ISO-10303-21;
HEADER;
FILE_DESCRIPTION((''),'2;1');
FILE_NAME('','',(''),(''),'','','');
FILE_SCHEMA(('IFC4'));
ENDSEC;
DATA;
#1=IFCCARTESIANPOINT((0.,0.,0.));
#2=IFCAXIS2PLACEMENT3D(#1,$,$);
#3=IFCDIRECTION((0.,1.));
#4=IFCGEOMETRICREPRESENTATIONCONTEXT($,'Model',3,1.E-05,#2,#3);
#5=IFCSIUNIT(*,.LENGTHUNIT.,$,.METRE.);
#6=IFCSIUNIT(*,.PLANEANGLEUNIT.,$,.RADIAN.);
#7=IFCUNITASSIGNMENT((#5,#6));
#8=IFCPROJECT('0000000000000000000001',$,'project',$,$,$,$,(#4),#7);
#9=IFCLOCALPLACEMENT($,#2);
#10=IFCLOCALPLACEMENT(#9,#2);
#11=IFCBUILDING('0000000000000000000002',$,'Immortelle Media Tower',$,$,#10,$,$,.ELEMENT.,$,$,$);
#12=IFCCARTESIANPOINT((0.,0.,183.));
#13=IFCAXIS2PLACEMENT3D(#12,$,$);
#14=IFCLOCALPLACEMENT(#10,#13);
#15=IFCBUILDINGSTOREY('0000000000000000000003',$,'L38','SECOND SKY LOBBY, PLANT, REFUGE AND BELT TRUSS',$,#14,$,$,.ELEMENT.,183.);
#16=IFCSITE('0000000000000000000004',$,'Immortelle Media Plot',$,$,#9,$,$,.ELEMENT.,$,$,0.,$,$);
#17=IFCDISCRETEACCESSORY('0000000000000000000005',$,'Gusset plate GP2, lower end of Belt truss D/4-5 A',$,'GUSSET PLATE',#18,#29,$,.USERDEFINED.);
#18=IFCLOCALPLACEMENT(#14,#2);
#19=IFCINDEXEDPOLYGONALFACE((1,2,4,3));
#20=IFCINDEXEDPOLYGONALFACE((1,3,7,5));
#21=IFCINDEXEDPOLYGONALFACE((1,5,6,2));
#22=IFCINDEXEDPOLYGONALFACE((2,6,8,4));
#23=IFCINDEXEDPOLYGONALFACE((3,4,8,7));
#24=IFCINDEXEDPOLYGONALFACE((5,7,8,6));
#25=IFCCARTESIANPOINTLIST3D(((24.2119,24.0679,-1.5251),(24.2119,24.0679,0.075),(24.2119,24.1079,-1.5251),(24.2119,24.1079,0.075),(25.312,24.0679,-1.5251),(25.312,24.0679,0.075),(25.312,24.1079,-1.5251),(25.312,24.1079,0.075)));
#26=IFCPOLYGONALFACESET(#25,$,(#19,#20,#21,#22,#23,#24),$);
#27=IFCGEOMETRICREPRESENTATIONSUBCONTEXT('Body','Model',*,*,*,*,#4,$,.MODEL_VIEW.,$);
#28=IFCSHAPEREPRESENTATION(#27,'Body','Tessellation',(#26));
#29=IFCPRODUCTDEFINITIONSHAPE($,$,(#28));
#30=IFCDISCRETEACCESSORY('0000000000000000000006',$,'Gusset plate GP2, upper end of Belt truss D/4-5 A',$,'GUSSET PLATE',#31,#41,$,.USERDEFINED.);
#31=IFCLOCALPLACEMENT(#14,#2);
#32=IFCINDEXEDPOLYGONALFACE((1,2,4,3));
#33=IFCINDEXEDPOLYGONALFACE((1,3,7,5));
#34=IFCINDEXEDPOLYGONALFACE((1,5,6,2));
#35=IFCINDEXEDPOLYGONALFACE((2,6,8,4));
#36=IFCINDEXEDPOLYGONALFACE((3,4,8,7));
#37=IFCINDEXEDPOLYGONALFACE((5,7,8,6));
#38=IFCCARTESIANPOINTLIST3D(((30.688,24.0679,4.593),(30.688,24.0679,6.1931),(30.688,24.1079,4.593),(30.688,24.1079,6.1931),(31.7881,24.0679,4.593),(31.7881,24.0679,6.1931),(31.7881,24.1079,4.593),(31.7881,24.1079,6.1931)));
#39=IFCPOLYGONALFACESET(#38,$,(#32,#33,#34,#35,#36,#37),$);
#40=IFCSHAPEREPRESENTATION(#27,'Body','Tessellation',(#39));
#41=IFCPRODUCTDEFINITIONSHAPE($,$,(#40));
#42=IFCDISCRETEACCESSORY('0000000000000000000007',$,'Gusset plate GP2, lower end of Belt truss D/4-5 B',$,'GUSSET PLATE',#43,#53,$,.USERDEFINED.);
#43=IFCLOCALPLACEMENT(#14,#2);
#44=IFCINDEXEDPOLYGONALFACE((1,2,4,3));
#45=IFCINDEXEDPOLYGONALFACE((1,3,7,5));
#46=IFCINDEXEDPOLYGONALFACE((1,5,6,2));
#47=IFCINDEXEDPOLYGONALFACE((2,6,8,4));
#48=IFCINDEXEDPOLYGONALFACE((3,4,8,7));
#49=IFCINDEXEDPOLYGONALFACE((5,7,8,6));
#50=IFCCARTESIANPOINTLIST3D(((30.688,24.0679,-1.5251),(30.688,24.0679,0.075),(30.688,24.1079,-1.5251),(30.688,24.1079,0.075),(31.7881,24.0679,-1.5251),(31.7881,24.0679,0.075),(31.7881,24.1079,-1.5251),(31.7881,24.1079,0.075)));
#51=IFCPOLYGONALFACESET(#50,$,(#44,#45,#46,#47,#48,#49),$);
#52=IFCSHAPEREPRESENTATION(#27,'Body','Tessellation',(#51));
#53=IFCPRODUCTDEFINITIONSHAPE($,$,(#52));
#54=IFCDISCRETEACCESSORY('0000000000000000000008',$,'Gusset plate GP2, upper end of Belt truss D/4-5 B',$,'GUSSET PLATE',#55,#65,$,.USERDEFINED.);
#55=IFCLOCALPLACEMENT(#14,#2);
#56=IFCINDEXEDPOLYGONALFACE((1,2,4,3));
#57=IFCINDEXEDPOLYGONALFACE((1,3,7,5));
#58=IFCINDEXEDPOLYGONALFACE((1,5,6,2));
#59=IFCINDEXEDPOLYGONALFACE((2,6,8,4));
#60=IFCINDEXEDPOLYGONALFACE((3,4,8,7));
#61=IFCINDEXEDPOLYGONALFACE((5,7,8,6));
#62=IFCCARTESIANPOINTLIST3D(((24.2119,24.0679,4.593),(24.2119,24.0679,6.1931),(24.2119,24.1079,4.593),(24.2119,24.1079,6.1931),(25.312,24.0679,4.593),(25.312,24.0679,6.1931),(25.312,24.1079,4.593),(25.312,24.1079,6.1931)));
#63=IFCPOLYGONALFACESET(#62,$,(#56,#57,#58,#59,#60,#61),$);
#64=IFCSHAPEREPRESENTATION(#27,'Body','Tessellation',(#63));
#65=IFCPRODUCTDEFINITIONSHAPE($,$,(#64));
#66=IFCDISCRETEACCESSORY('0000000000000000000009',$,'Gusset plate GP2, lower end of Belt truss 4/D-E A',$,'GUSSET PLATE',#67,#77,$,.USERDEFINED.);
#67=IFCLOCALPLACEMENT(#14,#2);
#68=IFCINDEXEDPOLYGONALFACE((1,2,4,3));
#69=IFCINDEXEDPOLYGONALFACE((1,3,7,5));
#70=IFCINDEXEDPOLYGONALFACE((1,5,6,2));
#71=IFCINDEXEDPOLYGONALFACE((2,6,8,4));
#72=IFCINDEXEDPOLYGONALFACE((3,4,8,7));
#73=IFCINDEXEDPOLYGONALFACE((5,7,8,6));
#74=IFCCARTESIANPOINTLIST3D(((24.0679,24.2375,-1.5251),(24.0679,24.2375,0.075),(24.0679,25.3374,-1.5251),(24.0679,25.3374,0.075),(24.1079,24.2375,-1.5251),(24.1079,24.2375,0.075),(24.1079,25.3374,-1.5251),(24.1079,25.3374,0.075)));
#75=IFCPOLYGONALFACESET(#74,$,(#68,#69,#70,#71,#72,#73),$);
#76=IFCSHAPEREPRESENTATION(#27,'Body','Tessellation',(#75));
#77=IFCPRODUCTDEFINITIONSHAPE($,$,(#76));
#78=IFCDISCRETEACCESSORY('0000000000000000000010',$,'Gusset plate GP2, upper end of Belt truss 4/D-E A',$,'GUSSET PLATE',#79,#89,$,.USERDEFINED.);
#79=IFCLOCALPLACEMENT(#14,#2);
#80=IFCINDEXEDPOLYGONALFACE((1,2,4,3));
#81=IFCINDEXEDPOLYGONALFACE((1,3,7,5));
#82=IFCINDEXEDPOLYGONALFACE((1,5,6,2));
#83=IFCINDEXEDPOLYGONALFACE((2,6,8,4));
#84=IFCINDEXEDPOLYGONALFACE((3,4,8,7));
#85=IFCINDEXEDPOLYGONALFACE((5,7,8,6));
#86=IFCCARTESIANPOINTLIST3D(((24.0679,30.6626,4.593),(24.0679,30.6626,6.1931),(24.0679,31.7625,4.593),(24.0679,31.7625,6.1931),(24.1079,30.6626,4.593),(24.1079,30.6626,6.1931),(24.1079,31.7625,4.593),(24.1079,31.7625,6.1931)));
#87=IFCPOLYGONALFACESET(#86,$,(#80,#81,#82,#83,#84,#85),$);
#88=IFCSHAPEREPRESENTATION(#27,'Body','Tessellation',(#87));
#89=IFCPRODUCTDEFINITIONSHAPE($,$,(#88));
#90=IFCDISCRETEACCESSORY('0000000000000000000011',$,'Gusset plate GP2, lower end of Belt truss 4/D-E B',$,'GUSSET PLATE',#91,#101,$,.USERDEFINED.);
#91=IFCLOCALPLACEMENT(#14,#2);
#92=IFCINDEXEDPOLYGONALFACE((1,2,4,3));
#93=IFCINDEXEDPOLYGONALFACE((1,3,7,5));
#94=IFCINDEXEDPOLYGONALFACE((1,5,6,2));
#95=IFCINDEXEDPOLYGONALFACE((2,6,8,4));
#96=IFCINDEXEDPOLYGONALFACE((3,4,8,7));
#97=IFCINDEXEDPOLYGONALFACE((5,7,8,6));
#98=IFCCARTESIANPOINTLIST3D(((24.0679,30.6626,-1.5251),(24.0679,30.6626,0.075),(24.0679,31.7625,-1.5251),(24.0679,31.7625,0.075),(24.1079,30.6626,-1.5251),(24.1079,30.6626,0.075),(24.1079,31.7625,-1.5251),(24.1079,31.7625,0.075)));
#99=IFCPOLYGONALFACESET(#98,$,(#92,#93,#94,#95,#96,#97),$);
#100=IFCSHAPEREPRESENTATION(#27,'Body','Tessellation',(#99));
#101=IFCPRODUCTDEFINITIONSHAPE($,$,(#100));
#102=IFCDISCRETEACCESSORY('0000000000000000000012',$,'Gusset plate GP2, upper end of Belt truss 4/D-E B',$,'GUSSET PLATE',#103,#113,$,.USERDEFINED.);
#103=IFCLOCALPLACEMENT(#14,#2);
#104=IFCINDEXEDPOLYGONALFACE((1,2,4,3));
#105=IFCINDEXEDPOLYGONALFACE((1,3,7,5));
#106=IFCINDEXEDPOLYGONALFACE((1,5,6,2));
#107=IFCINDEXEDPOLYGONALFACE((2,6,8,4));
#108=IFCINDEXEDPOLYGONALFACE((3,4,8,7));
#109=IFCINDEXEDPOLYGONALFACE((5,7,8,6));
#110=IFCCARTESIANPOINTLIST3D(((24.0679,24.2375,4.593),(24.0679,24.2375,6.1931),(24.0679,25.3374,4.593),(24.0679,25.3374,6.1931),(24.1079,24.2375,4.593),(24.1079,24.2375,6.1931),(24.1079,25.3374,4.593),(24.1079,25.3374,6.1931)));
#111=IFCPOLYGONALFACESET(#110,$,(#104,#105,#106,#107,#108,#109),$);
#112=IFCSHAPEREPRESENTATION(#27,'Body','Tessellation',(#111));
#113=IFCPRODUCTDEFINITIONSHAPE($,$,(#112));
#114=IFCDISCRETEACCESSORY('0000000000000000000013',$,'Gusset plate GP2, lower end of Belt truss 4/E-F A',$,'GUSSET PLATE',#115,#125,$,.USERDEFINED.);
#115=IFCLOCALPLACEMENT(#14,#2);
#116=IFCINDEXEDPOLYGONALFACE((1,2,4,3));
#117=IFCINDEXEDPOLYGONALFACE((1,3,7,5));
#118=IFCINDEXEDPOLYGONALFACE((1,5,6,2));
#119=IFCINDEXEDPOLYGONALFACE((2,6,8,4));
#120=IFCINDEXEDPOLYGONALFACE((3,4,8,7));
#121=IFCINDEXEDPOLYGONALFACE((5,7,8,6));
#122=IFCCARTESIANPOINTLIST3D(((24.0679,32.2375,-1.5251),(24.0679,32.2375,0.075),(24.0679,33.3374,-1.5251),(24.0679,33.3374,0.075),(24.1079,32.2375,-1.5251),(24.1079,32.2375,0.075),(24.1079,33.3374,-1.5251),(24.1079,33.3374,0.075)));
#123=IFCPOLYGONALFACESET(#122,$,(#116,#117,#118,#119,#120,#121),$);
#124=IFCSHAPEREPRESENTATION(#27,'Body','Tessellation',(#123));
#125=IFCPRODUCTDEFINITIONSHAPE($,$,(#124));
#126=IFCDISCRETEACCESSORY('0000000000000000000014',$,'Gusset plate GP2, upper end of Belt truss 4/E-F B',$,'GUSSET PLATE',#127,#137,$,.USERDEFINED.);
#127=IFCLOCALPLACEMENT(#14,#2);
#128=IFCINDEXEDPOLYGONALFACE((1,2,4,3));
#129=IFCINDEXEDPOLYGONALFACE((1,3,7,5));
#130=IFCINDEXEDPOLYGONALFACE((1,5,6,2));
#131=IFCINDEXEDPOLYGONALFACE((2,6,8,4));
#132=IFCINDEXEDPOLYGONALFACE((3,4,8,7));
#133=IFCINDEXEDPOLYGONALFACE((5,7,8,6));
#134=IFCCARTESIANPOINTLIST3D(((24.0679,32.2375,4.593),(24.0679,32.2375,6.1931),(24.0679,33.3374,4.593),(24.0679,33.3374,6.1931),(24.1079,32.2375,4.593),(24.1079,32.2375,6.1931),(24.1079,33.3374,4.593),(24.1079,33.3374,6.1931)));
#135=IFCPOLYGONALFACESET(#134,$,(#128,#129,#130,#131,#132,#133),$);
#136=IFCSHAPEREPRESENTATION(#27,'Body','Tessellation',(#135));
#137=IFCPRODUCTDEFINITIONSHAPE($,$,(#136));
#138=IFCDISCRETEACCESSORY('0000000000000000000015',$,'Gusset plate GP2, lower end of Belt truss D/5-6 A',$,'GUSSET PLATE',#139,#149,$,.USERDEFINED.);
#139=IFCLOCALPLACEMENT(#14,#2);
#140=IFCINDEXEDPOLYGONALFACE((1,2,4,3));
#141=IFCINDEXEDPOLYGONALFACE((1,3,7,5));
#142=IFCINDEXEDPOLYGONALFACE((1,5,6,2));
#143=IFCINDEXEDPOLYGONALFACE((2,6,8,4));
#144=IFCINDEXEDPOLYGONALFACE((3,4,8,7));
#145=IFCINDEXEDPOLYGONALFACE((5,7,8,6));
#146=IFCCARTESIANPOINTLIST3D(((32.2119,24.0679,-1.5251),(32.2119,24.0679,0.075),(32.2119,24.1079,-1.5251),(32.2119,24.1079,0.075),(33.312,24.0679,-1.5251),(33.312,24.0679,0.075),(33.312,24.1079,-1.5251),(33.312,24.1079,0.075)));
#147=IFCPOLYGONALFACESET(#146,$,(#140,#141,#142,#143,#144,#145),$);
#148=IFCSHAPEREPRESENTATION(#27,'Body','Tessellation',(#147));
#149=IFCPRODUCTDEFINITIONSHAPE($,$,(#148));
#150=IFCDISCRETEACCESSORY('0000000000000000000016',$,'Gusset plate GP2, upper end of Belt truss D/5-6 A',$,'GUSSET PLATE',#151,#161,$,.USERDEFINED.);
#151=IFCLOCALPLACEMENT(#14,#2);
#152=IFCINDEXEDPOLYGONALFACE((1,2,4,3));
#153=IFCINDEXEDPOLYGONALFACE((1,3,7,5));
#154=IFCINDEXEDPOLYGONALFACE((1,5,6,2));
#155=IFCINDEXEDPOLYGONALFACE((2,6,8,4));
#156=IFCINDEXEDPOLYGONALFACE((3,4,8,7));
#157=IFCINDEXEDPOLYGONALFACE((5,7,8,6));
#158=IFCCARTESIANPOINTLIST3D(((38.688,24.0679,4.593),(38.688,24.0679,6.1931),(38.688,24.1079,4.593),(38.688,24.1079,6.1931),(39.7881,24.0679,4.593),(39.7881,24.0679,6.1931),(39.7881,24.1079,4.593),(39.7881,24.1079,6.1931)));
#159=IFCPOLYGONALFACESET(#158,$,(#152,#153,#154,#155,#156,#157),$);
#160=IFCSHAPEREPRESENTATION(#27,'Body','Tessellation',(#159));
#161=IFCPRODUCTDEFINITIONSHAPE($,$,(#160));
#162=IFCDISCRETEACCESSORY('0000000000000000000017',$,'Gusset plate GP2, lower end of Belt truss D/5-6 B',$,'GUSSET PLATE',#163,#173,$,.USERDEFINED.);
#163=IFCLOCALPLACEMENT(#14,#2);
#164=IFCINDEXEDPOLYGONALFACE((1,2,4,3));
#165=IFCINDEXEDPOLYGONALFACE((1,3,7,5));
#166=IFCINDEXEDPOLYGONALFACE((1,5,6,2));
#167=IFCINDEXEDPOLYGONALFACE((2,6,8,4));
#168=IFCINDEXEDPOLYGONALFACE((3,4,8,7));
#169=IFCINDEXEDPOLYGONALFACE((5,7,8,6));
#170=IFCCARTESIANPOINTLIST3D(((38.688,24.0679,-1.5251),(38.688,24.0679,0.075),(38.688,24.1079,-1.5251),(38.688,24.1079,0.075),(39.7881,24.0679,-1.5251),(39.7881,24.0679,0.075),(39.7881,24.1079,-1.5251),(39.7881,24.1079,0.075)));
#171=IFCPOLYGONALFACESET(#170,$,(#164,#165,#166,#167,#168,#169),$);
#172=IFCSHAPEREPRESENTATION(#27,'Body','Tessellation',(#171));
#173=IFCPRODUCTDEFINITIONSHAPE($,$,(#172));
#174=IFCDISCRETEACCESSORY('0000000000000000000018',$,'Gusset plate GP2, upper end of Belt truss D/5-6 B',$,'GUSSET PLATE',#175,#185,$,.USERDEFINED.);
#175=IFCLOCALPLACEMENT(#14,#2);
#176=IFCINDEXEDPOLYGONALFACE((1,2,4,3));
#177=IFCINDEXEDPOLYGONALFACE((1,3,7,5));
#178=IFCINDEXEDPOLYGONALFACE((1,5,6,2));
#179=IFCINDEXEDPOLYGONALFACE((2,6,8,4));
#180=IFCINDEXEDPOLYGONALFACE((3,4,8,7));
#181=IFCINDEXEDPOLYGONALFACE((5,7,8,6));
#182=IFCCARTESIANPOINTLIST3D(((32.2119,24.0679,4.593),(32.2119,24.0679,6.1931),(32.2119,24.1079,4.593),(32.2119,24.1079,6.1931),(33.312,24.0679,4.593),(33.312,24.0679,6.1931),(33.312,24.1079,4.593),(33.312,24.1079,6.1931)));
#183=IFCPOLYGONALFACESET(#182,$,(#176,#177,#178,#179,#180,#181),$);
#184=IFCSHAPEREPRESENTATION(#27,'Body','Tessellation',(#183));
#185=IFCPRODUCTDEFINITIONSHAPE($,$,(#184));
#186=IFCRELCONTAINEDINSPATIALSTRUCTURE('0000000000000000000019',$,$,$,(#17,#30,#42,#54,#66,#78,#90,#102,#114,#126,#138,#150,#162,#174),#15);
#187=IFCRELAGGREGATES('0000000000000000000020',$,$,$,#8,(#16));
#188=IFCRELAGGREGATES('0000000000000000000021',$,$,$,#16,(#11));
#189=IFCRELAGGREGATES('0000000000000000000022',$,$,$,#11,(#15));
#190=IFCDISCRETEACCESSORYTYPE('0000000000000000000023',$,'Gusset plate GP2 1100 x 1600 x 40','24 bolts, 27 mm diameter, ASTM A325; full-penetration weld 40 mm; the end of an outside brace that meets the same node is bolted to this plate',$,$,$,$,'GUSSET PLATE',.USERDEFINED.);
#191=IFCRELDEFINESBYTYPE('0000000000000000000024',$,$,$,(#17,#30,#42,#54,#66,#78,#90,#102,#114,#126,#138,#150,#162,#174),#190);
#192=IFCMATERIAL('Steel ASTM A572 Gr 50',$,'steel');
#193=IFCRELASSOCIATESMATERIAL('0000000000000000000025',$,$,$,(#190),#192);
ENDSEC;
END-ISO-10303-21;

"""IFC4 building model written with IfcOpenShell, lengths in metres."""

from ifc_helpers import new_model, si_unit, direction, frame, origin, origin_2d, place, context, subcontext, project, spatial, rectangle, extrude, material, material_profile, profile_set, type_object, element, save


model = new_model("IFC4")

# Units and contexts
model_context = context("Model", 3, precision=1e-05, world=origin(), true_north=direction((0.0, 1.0)))
body_context = subcontext(model_context, "Body", "Model", "MODEL_VIEW")
ifc_project = project(units=[si_unit("LENGTHUNIT", "METRE"), si_unit("PLANEANGLEUNIT", "RADIAN")], contexts=[model_context])

# Site, building, storey
site_placement = place(None, origin())
site = spatial("IfcSite", under=ifc_project, at=site_placement, Name="Immortelle Media Plot", CompositionType="ELEMENT", RefElevation=0.0)
building_placement = place(site_placement, origin())
building = spatial("IfcBuilding", under=site, at=building_placement, Name="Immortelle Media Tower", CompositionType="ELEMENT")
storey_placement = place(building_placement, frame((0.0, 0.0, 183.0)))
storey = spatial("IfcBuildingStorey", under=building, at=storey_placement, Name="L38", Description="SECOND SKY LOBBY, PLANT, REFUGE AND BELT TRUSS", CompositionType="ELEMENT", Elevation=183.0)

# Discrete accessories
ifc_material_1 = material(Name="Steel ASTM A572 Gr 50", Category="steel")
ifc_material_profile_1 = material_profile(ifc_material_1, rectangle(XDim=0.04, YDim=1.6001, at=origin_2d()), Name="PL 40 x 1600")
ifc_profile_set_1 = profile_set([ifc_material_profile_1], Name="Steel ASTM A572 Gr 50")
discrete_accessory_type_1 = type_object("IfcDiscreteAccessoryType", Name="Gusset plate GP2 1100 x 1600 x 40", Description="24 bolts, 27 mm diameter, ASTM A325; full-penetration weld 40 mm; the end of an outside brace that meets the same node is bolted to this plate", ElementType="GUSSET PLATE", PredefinedType="USERDEFINED", material=ifc_profile_set_1)
for number, where, z_axis, x_axis, name in (
    (1, (24.2119, 24.0879, -0.7251), (1.0, 0.0, 0.0), (0.0, 1.0, 0.0), "Gusset plate GP2, lower end of Belt truss D/4-5 A"),
    (2, (31.7881, 24.0879, 5.3931), (-1.0, 0.0, 0.0), (0.0, -1.0, 0.0), "Gusset plate GP2, upper end of Belt truss D/4-5 A"),
    (3, (31.7881, 24.0879, -0.7251), (-1.0, 0.0, 0.0), (0.0, -1.0, 0.0), "Gusset plate GP2, lower end of Belt truss D/4-5 B"),
    (4, (24.2119, 24.0879, 5.3931), (1.0, 0.0, 0.0), (0.0, 1.0, 0.0), "Gusset plate GP2, upper end of Belt truss D/4-5 B"),
):
    element("IfcDiscreteAccessory", number, at=place(storey_placement, frame(where, z_axis=z_axis, x_axis=x_axis)), inside=storey, type_object=discrete_accessory_type_1, Name=name, ObjectType="GUSSET PLATE", PredefinedType="USERDEFINED", context=body_context, shape_type="SweptSolid", body=[
        extrude(rectangle(XDim=0.04, YDim=1.6001, at=origin_2d()), origin(), (0.0, 0.0, 1.0), 1.1001),
    ])
for number, where, z_axis, x_axis, name in (
    (5, (24.0879, 24.2375, -0.7251), (0.0, 1.0, 0.0), (-1.0, 0.0, 0.0), "Gusset plate GP2, lower end of Belt truss 4/D-E A"),
    (6, (24.0879, 31.7625, 5.3931), (0.0, -1.0, 0.0), (1.0, 0.0, 0.0), "Gusset plate GP2, upper end of Belt truss 4/D-E A"),
    (7, (24.0879, 31.7625, -0.7251), (0.0, -1.0, 0.0), (1.0, 0.0, 0.0), "Gusset plate GP2, lower end of Belt truss 4/D-E B"),
    (8, (24.0879, 24.2375, 5.3931), (0.0, 1.0, 0.0), (-1.0, 0.0, 0.0), "Gusset plate GP2, upper end of Belt truss 4/D-E B"),
    (9, (24.0879, 32.2375, -0.7251), (0.0, 1.0, 0.0), (-1.0, 0.0, 0.0), "Gusset plate GP2, lower end of Belt truss 4/E-F A"),
    (10, (24.0879, 32.2375, 5.3931), (0.0, 1.0, 0.0), (-1.0, 0.0, 0.0), "Gusset plate GP2, upper end of Belt truss 4/E-F B"),
):
    element("IfcDiscreteAccessory", number, at=place(storey_placement, frame(where, z_axis=z_axis, x_axis=x_axis)), inside=storey, type_object=discrete_accessory_type_1, Name=name, ObjectType="GUSSET PLATE", PredefinedType="USERDEFINED", context=body_context, shape_type="SweptSolid", body=[
        extrude(rectangle(XDim=0.04, YDim=1.6001, at=origin_2d()), origin(), (0.0, 0.0, 1.0), 1.0999),
    ])
for number, where, z_axis, x_axis, name in (
    (11, (32.2119, 24.0879, -0.7251), (1.0, 0.0, 0.0), (0.0, 1.0, 0.0), "Gusset plate GP2, lower end of Belt truss D/5-6 A"),
    (12, (39.7881, 24.0879, 5.3931), (-1.0, 0.0, 0.0), (0.0, -1.0, 0.0), "Gusset plate GP2, upper end of Belt truss D/5-6 A"),
    (13, (39.7881, 24.0879, -0.7251), (-1.0, 0.0, 0.0), (0.0, -1.0, 0.0), "Gusset plate GP2, lower end of Belt truss D/5-6 B"),
    (14, (32.2119, 24.0879, 5.3931), (1.0, 0.0, 0.0), (0.0, 1.0, 0.0), "Gusset plate GP2, upper end of Belt truss D/5-6 B"),
):
    element("IfcDiscreteAccessory", number, at=place(storey_placement, frame(where, z_axis=z_axis, x_axis=x_axis)), inside=storey, type_object=discrete_accessory_type_1, Name=name, ObjectType="GUSSET PLATE", PredefinedType="USERDEFINED", context=body_context, shape_type="SweptSolid", body=[
        extrude(rectangle(XDim=0.04, YDim=1.6001, at=origin_2d()), origin(), (0.0, 0.0, 1.0), 1.1001),
    ])

save(model, "model.ifc")
